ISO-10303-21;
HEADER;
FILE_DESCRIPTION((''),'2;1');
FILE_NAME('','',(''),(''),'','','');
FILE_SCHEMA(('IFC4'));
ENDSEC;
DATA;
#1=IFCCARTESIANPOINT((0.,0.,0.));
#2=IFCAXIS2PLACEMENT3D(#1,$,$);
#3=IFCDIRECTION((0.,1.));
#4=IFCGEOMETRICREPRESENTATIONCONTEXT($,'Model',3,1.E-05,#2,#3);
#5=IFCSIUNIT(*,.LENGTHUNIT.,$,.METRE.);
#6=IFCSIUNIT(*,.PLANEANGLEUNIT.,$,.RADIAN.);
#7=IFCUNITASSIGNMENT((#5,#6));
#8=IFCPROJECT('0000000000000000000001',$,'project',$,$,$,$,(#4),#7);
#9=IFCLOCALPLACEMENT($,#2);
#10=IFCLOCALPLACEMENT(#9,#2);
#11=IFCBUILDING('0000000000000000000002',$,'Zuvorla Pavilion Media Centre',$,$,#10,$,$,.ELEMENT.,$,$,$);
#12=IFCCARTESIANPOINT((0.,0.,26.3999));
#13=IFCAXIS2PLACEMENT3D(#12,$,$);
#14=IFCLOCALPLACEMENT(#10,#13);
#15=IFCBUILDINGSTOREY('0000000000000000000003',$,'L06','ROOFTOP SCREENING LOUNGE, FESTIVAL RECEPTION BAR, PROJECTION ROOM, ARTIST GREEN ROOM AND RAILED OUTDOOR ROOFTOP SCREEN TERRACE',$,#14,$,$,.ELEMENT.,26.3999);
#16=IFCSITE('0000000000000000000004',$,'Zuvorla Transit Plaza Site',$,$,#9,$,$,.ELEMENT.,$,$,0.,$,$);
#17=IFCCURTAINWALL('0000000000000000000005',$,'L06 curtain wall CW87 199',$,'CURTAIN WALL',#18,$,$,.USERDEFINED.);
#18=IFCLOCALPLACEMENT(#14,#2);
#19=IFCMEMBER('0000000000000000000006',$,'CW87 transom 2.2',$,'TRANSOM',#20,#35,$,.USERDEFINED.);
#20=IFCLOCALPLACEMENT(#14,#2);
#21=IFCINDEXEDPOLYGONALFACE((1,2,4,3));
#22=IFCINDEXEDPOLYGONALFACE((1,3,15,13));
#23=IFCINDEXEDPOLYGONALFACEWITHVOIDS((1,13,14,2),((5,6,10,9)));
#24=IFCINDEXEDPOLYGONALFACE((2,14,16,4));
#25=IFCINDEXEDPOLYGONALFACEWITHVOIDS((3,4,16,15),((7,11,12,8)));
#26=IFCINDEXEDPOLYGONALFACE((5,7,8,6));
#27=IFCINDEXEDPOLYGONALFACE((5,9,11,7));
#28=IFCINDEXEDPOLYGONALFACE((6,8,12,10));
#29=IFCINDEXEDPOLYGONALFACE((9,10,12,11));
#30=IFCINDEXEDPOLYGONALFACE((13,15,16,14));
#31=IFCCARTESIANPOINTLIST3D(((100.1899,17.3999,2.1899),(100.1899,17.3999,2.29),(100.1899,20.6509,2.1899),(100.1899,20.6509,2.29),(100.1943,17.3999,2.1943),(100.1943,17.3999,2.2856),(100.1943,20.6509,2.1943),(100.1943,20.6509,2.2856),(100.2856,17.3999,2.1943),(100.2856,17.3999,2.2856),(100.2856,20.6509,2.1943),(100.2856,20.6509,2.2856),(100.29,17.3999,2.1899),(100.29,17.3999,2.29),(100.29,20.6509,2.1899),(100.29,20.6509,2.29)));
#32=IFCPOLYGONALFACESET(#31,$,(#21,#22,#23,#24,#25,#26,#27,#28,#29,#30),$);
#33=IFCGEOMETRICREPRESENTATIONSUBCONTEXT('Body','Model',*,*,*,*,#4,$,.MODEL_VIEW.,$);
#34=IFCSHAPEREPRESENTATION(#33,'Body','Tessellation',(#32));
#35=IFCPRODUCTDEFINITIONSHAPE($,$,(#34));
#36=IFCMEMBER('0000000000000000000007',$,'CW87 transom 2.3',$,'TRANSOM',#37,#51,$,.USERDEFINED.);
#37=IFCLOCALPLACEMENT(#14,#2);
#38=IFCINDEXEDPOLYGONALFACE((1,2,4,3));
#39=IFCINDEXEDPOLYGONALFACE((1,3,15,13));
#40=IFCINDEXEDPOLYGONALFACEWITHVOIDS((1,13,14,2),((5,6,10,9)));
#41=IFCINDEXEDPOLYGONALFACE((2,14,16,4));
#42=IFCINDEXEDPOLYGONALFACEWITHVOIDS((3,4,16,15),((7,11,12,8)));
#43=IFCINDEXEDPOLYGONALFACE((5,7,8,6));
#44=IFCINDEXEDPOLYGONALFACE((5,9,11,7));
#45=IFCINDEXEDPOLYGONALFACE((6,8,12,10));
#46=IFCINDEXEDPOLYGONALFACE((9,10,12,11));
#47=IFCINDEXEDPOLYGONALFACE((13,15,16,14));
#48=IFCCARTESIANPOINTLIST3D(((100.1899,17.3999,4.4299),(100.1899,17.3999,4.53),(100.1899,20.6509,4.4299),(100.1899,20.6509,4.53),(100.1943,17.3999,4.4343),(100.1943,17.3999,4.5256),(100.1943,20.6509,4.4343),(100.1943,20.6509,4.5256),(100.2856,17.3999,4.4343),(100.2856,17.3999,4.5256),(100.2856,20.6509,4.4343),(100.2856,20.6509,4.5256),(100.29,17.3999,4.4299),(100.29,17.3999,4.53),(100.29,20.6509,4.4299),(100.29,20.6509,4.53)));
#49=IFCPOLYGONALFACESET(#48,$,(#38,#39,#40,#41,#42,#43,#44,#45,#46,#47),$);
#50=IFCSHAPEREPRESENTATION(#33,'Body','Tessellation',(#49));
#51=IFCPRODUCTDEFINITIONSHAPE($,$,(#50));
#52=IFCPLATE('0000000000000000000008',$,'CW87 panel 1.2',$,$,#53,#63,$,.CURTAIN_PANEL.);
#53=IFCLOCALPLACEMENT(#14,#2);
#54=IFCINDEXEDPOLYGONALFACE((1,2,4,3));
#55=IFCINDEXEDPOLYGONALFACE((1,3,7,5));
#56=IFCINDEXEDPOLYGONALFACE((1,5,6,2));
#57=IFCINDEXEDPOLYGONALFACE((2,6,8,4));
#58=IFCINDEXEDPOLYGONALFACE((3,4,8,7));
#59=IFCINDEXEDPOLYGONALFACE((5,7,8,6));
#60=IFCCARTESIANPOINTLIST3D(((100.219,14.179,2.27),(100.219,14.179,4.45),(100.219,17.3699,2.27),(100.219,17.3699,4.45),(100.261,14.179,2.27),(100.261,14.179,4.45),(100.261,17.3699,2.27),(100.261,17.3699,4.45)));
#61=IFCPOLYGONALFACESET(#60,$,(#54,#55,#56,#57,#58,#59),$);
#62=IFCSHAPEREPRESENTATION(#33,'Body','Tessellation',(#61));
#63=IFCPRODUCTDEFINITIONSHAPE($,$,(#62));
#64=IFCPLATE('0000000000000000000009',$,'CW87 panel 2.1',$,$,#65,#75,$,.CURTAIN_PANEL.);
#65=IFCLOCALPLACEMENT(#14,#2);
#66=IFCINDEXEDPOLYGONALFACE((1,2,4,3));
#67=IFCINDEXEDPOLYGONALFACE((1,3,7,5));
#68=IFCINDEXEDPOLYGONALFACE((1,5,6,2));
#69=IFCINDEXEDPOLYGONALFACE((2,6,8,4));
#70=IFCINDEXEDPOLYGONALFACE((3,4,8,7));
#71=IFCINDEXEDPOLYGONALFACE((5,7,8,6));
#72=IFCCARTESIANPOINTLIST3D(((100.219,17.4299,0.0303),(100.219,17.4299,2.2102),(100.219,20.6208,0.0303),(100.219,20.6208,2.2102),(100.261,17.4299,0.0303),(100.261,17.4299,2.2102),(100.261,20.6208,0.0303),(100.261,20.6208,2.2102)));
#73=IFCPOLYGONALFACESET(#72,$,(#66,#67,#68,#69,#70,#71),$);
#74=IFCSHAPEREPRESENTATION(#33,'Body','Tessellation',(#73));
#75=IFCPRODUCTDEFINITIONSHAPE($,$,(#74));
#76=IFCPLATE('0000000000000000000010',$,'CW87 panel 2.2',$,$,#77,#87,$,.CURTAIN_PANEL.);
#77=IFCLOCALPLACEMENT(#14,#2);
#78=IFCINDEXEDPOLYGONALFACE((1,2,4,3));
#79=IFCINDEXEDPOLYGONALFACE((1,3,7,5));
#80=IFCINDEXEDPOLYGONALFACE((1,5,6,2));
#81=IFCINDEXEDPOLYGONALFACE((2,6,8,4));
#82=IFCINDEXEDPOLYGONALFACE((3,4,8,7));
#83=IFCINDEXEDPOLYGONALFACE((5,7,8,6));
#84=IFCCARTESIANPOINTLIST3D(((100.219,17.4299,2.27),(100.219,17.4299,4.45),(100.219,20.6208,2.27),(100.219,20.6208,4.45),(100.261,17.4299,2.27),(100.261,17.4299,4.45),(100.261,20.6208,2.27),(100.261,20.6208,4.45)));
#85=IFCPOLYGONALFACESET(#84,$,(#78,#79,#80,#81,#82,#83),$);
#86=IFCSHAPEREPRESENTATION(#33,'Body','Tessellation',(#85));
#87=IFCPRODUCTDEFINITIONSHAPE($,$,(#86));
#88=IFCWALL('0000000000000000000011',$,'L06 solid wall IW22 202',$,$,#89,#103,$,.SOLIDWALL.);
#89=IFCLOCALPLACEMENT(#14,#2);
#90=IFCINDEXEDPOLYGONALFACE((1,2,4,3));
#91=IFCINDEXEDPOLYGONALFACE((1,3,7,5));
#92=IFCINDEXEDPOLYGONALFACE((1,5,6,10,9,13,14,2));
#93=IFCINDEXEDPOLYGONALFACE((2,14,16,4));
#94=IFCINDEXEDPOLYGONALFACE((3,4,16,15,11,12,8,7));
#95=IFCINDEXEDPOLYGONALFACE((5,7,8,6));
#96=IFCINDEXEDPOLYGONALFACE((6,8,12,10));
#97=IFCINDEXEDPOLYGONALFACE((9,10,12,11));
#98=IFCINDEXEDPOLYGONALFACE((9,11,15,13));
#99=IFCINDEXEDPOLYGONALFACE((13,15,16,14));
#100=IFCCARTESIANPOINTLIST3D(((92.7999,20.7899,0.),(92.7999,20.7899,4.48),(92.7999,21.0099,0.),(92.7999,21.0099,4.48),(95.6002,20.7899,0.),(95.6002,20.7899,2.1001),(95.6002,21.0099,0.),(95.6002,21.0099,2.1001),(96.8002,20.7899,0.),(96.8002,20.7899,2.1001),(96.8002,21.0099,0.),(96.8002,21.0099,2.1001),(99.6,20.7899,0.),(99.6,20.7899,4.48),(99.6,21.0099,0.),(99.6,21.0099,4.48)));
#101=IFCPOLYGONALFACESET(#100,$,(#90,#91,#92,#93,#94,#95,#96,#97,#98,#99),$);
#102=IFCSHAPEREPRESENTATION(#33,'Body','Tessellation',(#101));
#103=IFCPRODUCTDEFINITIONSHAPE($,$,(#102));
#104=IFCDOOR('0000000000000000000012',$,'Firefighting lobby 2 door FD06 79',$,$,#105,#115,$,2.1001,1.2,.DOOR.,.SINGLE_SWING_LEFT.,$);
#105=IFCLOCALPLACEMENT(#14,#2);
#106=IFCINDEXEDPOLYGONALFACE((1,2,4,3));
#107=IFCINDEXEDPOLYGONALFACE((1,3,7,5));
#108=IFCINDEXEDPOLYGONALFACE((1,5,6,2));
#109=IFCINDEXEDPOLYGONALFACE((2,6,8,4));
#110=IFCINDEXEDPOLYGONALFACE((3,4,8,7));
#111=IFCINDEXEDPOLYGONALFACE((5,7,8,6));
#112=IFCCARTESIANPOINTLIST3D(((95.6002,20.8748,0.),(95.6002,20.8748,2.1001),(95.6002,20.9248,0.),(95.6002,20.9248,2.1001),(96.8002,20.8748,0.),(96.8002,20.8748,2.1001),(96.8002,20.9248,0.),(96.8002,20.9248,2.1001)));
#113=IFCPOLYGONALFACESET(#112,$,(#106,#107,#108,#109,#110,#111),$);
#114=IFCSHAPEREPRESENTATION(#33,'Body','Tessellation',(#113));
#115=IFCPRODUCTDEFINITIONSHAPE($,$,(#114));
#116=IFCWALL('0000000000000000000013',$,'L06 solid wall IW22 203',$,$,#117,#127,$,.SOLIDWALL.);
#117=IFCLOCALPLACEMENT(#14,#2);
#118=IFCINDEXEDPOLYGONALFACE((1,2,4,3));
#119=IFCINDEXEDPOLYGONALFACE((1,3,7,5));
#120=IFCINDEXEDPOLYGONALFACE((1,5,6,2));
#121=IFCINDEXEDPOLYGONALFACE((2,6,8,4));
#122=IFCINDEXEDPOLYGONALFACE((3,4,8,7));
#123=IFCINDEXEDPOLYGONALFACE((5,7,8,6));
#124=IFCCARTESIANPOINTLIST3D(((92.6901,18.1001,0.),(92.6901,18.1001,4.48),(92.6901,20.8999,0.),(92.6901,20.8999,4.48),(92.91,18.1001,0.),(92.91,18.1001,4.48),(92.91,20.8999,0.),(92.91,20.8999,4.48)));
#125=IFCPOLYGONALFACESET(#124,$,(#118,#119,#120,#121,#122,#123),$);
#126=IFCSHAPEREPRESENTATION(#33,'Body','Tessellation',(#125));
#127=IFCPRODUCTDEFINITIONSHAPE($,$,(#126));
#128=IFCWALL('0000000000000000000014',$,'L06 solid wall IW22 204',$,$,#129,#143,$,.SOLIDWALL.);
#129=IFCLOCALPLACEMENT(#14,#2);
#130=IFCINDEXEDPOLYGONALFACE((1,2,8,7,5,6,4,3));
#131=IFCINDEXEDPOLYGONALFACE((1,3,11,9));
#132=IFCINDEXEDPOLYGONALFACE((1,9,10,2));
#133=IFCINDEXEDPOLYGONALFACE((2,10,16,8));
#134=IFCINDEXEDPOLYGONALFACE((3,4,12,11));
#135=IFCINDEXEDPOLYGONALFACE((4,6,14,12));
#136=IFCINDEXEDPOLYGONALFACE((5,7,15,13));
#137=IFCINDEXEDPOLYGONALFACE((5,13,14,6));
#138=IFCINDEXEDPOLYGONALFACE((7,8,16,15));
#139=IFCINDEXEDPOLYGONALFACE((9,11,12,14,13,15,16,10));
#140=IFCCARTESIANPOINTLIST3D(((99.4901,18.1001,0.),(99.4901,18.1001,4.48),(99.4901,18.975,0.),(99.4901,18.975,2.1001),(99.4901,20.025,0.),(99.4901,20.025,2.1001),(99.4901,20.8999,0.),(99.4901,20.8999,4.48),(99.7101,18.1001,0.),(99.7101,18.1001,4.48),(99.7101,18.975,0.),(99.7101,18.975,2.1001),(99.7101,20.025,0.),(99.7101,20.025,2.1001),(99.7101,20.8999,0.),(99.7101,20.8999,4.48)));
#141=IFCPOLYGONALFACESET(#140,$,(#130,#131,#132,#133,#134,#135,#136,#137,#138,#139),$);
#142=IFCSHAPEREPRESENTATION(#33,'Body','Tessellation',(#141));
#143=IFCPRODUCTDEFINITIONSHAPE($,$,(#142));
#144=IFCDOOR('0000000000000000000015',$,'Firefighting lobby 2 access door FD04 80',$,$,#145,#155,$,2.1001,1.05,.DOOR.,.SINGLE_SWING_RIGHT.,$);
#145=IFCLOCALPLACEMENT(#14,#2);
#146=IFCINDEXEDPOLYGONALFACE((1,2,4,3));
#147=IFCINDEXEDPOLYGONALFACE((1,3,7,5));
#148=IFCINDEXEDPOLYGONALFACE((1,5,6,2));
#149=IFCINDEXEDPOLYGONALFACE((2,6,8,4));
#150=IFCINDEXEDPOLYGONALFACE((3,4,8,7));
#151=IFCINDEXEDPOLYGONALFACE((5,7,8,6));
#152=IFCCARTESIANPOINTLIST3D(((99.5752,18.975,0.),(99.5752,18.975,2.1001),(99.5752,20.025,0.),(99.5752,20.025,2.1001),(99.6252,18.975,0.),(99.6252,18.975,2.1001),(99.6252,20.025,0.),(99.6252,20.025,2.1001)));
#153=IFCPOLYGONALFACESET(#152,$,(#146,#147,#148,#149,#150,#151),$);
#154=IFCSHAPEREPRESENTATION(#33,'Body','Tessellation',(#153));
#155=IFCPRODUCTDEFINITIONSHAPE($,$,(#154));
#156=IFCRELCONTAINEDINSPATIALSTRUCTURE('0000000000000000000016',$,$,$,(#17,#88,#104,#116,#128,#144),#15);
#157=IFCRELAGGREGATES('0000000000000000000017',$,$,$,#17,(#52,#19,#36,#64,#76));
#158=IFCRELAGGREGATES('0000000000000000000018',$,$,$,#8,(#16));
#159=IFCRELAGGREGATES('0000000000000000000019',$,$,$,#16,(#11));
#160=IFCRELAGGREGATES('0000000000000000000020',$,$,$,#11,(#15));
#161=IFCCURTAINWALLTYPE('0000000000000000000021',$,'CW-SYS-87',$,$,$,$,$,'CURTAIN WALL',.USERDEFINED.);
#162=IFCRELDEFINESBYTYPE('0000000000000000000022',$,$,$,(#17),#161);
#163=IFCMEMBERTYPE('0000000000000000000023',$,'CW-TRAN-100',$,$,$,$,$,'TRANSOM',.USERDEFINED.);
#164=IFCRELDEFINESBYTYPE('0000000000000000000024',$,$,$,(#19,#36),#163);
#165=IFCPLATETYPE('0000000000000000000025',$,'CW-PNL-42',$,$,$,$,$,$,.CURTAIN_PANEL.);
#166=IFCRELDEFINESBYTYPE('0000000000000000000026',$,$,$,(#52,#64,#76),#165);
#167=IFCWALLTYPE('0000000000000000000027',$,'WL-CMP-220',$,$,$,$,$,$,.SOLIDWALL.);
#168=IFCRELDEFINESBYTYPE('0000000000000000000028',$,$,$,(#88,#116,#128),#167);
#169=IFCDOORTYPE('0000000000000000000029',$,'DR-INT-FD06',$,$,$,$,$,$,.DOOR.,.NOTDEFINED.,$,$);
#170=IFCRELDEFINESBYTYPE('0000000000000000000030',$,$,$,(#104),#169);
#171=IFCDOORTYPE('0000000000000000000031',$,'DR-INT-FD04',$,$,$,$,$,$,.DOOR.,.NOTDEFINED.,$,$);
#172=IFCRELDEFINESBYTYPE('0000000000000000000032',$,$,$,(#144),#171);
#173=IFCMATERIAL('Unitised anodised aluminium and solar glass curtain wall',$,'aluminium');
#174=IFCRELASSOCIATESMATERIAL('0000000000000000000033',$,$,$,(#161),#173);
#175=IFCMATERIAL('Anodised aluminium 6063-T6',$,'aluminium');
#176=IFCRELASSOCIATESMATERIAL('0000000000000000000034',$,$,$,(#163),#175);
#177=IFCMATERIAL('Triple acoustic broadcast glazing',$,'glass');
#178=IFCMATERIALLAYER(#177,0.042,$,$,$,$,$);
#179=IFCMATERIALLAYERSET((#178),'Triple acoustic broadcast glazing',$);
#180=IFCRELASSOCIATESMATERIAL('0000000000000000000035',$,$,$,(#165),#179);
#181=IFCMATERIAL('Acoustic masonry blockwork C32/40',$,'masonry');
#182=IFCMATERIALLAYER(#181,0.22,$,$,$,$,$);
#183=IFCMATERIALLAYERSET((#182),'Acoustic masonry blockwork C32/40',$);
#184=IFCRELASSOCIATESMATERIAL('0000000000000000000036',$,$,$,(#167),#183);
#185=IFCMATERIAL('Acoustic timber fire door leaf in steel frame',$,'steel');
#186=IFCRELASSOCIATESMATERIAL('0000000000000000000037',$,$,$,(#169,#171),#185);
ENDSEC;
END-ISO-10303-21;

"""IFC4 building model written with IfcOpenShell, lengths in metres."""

from ifc_helpers import new_model, si_unit, direction, frame, frame_2d, origin, origin_2d, place, context, subcontext, project, spatial, rectangle, hollow_rectangle, extrude, material, layer, layer_set, material_profile, profile_set, type_object, element, fill, aggregate, save


model = new_model("IFC4")

# Units and contexts
model_context = context("Model", 3, precision=1e-05, world=origin(), true_north=direction((0.0, 1.0)))
body_context = subcontext(model_context, "Body", "Model", "MODEL_VIEW")
ifc_project = project(units=[si_unit("LENGTHUNIT", "METRE"), si_unit("PLANEANGLEUNIT", "RADIAN")], contexts=[model_context])

# Site, building, storey
site_placement = place(None, origin())
site = spatial("IfcSite", under=ifc_project, at=site_placement, Name="Zuvorla Transit Plaza Site", CompositionType="ELEMENT", RefElevation=0.0)
building_placement = place(site_placement, origin())
building = spatial("IfcBuilding", under=site, at=building_placement, Name="Zuvorla Pavilion Media Centre", CompositionType="ELEMENT")
storey_placement = place(building_placement, frame((0.0, 0.0, 26.3999)))
storey = spatial("IfcBuildingStorey", under=building, at=storey_placement, Name="L06", Description="ROOFTOP SCREENING LOUNGE, FESTIVAL RECEPTION BAR, PROJECTION ROOM, ARTIST GREEN ROOM AND RAILED OUTDOOR ROOFTOP SCREEN TERRACE", CompositionType="ELEMENT", Elevation=26.3999)

# Curtain wall, members, plates
ifc_material_1 = material(Name="Unitised anodised aluminium and solar glass curtain wall", Category="aluminium")
curtain_wall_type = type_object("IfcCurtainWallType", Name="CW-SYS-87", ElementType="CURTAIN WALL", PredefinedType="USERDEFINED", material=ifc_material_1)
curtain_wall_placement = place(storey_placement, origin())
curtain_wall = element("IfcCurtainWall", 1, at=curtain_wall_placement, inside=storey, type_object=curtain_wall_type, Name="L06 curtain wall CW87 199", ObjectType="CURTAIN WALL", PredefinedType="USERDEFINED")
ifc_material_2 = material(Name="Anodised aluminium 6063-T6", Category="aluminium")
ifc_material_profile_1 = material_profile(ifc_material_2, hollow_rectangle(XDim=0.1001, YDim=0.1001, WallThickness=0.0044, at=origin_2d()), Name="ALU TRAN 100x100")
ifc_profile_set_1 = profile_set([ifc_material_profile_1], Name="Anodised aluminium 6063-T6")
member_type_1 = type_object("IfcMemberType", Name="CW-TRAN-100", ElementType="TRANSOM", PredefinedType="USERDEFINED", material=ifc_profile_set_1)
member_1_placement = place(storey_placement, frame((100.24, 17.3999, 2.24), z_axis=(0.0, 1.0, 0.0), x_axis=(-1.0, 0.0, 0.0)))
member_1 = element("IfcMember", 2, at=member_1_placement, type_object=member_type_1, Name="CW87 transom 2.2", ObjectType="TRANSOM", PredefinedType="USERDEFINED", context=body_context, shape_type="SweptSolid", body=[
    extrude(hollow_rectangle(XDim=0.1001, YDim=0.1001, WallThickness=0.0044, at=origin_2d()), origin(), (0.0, 0.0, 1.0), 3.251),
])
member_2_placement = place(storey_placement, frame((100.24, 17.3999, 4.48), z_axis=(0.0, 1.0, 0.0), x_axis=(-1.0, 0.0, 0.0)))
member_2 = element("IfcMember", 3, at=member_2_placement, type_object=member_type_1, Name="CW87 transom 2.3", ObjectType="TRANSOM", PredefinedType="USERDEFINED", context=body_context, shape_type="SweptSolid", body=[
    extrude(hollow_rectangle(XDim=0.1001, YDim=0.1001, WallThickness=0.0044, at=origin_2d()), origin(), (0.0, 0.0, 1.0), 3.251),
])
ifc_material_3 = material(Name="Triple acoustic broadcast glazing", Category="glass")
ifc_layer_1 = layer(ifc_material_3, 0.042)
ifc_layer_set_1 = layer_set([ifc_layer_1], Name="Triple acoustic broadcast glazing")
plate_type = type_object("IfcPlateType", Name="CW-PNL-42", PredefinedType="CURTAIN_PANEL", material=ifc_layer_set_1)
plate_1_placement = place(storey_placement, frame((100.24, 15.7744, 2.27), z_axis=(0.0, 0.0, 1.0), x_axis=(0.0, 1.0, 0.0)))
plate_1 = element("IfcPlate", 4, at=plate_1_placement, type_object=plate_type, Name="CW87 panel 1.2", PredefinedType="CURTAIN_PANEL", context=body_context, shape_type="SweptSolid", body=[
    extrude(rectangle(XDim=3.1909, YDim=0.042, at=origin_2d()), origin(), (0.0, 0.0, 1.0), 2.1799),
])
plate_2_placement = place(storey_placement, frame((100.24, 19.0254, 0.0303), z_axis=(0.0, 0.0, 1.0), x_axis=(0.0, 1.0, 0.0)))
plate_2 = element("IfcPlate", 5, at=plate_2_placement, type_object=plate_type, Name="CW87 panel 2.1", PredefinedType="CURTAIN_PANEL", context=body_context, shape_type="SweptSolid", body=[
    extrude(rectangle(XDim=3.1909, YDim=0.042, at=origin_2d()), origin(), (0.0, 0.0, 1.0), 2.1799),
])
plate_3_placement = place(storey_placement, frame((100.24, 19.0254, 2.27), z_axis=(0.0, 0.0, 1.0), x_axis=(0.0, 1.0, 0.0)))
plate_3 = element("IfcPlate", 6, at=plate_3_placement, type_object=plate_type, Name="CW87 panel 2.2", PredefinedType="CURTAIN_PANEL", context=body_context, shape_type="SweptSolid", body=[
    extrude(rectangle(XDim=3.1909, YDim=0.042, at=origin_2d()), origin(), (0.0, 0.0, 1.0), 2.1799),
])
aggregate(curtain_wall, [plate_1, member_1, member_2, plate_2, plate_3])

# Wall, opening, door
ifc_material_4 = material(Name="Acoustic masonry blockwork C32/40", Category="masonry")
ifc_layer_2 = layer(ifc_material_4, 0.22)
ifc_layer_set_2 = layer_set([ifc_layer_2], Name="Acoustic masonry blockwork C32/40")
wall_type_1 = type_object("IfcWallType", Name="WL-CMP-220", PredefinedType="SOLIDWALL", material=ifc_layer_set_2)
wall_1_placement = place(storey_placement, frame((92.8, 20.8999, 0.0), z_axis=(0.0, 0.0, 1.0), x_axis=(1.0, 0.0, 0.0)))
wall_1 = element("IfcWall", 7, at=wall_1_placement, inside=storey, type_object=wall_type_1, Name="L06 solid wall IW22 202", PredefinedType="SOLIDWALL", context=body_context, shape_type="SweptSolid", body=[
    extrude(rectangle(XDim=6.8, YDim=0.22, at=frame_2d((3.3999, 0.0))), origin(), (0.0, 0.0, 1.0), 4.48),
])
opening_1_placement = place(wall_1_placement, frame((2.8, 0.0, 0.0)))
opening_1 = element("IfcOpeningElement", 8, at=opening_1_placement, cuts=wall_1, PredefinedType="OPENING", context=body_context, shape_type="SweptSolid", body=[
    extrude(rectangle(XDim=1.2, YDim=2.1001, at=frame_2d((0.6001, 1.05))), frame((0.0, 0.1199, 0.0), z_axis=(0.0, -1.0, 0.0), x_axis=(1.0, 0.0, 0.0)), (0.0, 0.0, 1.0), 0.24),
])
ifc_material_5 = material(Name="Acoustic timber fire door leaf in steel frame", Category="steel")
door_type_1 = type_object("IfcDoorType", Name="DR-INT-FD06", OperationType="NOTDEFINED", PredefinedType="DOOR", material=ifc_material_5)
door_1_placement = place(opening_1_placement, origin())
door_1 = element("IfcDoor", 9, at=door_1_placement, inside=storey, type_object=door_type_1, Name="Firefighting lobby 2 door FD06 79", OperationType="SINGLE_SWING_LEFT", OverallHeight=2.1001, OverallWidth=1.2, PredefinedType="DOOR", context=body_context, shape_type="SweptSolid", body=[
    extrude(rectangle(XDim=1.2, YDim=2.1001, at=frame_2d((0.6001, 1.05))), frame((0.0, 0.0249, 0.0), z_axis=(0.0, -1.0, 0.0), x_axis=(1.0, 0.0, 0.0)), (0.0, 0.0, 1.0), 0.05),
])
fill(opening_1, door_1)

# Wall
wall_2_placement = place(storey_placement, frame((92.8, 18.1001, 0.0), z_axis=(0.0, 0.0, 1.0), x_axis=(0.0, 1.0, 0.0)))
element("IfcWall", 10, at=wall_2_placement, inside=storey, type_object=wall_type_1, Name="L06 solid wall IW22 203", PredefinedType="SOLIDWALL", context=body_context, shape_type="SweptSolid", body=[
    extrude(rectangle(XDim=2.7998, YDim=0.22, at=frame_2d((1.3999, 0.0))), origin(), (0.0, 0.0, 1.0), 4.48),
])

# Wall, opening, door
wall_3_placement = place(storey_placement, frame((99.6001, 18.1001, 0.0), z_axis=(0.0, 0.0, 1.0), x_axis=(0.0, 1.0, 0.0)))
wall_3 = element("IfcWall", 11, at=wall_3_placement, inside=storey, type_object=wall_type_1, Name="L06 solid wall IW22 204", PredefinedType="SOLIDWALL", context=body_context, shape_type="SweptSolid", body=[
    extrude(rectangle(XDim=2.7998, YDim=0.22, at=frame_2d((1.3999, 0.0))), origin(), (0.0, 0.0, 1.0), 4.48),
])
opening_2_placement = place(wall_3_placement, frame((0.875, 0.0, 0.0)))
opening_2 = element("IfcOpeningElement", 12, at=opening_2_placement, cuts=wall_3, PredefinedType="OPENING", context=body_context, shape_type="SweptSolid", body=[
    extrude(rectangle(XDim=1.05, YDim=2.1001, at=frame_2d((0.5249, 1.05))), frame((0.0, 0.1199, 0.0), z_axis=(0.0, -1.0, 0.0), x_axis=(1.0, 0.0, 0.0)), (0.0, 0.0, 1.0), 0.24),
])
door_type_2 = type_object("IfcDoorType", Name="DR-INT-FD04", OperationType="NOTDEFINED", PredefinedType="DOOR", material=ifc_material_5)
door_2_placement = place(opening_2_placement, origin())
door_2 = element("IfcDoor", 13, at=door_2_placement, inside=storey, type_object=door_type_2, Name="Firefighting lobby 2 access door FD04 80", OperationType="SINGLE_SWING_RIGHT", OverallHeight=2.1001, OverallWidth=1.05, PredefinedType="DOOR", context=body_context, shape_type="SweptSolid", body=[
    extrude(rectangle(XDim=1.05, YDim=2.1001, at=frame_2d((0.5249, 1.05))), frame((0.0, 0.0249, 0.0), z_axis=(0.0, -1.0, 0.0), x_axis=(1.0, 0.0, 0.0)), (0.0, 0.0, 1.0), 0.05),
])
fill(opening_2, door_2)

save(model, "model.ifc")
